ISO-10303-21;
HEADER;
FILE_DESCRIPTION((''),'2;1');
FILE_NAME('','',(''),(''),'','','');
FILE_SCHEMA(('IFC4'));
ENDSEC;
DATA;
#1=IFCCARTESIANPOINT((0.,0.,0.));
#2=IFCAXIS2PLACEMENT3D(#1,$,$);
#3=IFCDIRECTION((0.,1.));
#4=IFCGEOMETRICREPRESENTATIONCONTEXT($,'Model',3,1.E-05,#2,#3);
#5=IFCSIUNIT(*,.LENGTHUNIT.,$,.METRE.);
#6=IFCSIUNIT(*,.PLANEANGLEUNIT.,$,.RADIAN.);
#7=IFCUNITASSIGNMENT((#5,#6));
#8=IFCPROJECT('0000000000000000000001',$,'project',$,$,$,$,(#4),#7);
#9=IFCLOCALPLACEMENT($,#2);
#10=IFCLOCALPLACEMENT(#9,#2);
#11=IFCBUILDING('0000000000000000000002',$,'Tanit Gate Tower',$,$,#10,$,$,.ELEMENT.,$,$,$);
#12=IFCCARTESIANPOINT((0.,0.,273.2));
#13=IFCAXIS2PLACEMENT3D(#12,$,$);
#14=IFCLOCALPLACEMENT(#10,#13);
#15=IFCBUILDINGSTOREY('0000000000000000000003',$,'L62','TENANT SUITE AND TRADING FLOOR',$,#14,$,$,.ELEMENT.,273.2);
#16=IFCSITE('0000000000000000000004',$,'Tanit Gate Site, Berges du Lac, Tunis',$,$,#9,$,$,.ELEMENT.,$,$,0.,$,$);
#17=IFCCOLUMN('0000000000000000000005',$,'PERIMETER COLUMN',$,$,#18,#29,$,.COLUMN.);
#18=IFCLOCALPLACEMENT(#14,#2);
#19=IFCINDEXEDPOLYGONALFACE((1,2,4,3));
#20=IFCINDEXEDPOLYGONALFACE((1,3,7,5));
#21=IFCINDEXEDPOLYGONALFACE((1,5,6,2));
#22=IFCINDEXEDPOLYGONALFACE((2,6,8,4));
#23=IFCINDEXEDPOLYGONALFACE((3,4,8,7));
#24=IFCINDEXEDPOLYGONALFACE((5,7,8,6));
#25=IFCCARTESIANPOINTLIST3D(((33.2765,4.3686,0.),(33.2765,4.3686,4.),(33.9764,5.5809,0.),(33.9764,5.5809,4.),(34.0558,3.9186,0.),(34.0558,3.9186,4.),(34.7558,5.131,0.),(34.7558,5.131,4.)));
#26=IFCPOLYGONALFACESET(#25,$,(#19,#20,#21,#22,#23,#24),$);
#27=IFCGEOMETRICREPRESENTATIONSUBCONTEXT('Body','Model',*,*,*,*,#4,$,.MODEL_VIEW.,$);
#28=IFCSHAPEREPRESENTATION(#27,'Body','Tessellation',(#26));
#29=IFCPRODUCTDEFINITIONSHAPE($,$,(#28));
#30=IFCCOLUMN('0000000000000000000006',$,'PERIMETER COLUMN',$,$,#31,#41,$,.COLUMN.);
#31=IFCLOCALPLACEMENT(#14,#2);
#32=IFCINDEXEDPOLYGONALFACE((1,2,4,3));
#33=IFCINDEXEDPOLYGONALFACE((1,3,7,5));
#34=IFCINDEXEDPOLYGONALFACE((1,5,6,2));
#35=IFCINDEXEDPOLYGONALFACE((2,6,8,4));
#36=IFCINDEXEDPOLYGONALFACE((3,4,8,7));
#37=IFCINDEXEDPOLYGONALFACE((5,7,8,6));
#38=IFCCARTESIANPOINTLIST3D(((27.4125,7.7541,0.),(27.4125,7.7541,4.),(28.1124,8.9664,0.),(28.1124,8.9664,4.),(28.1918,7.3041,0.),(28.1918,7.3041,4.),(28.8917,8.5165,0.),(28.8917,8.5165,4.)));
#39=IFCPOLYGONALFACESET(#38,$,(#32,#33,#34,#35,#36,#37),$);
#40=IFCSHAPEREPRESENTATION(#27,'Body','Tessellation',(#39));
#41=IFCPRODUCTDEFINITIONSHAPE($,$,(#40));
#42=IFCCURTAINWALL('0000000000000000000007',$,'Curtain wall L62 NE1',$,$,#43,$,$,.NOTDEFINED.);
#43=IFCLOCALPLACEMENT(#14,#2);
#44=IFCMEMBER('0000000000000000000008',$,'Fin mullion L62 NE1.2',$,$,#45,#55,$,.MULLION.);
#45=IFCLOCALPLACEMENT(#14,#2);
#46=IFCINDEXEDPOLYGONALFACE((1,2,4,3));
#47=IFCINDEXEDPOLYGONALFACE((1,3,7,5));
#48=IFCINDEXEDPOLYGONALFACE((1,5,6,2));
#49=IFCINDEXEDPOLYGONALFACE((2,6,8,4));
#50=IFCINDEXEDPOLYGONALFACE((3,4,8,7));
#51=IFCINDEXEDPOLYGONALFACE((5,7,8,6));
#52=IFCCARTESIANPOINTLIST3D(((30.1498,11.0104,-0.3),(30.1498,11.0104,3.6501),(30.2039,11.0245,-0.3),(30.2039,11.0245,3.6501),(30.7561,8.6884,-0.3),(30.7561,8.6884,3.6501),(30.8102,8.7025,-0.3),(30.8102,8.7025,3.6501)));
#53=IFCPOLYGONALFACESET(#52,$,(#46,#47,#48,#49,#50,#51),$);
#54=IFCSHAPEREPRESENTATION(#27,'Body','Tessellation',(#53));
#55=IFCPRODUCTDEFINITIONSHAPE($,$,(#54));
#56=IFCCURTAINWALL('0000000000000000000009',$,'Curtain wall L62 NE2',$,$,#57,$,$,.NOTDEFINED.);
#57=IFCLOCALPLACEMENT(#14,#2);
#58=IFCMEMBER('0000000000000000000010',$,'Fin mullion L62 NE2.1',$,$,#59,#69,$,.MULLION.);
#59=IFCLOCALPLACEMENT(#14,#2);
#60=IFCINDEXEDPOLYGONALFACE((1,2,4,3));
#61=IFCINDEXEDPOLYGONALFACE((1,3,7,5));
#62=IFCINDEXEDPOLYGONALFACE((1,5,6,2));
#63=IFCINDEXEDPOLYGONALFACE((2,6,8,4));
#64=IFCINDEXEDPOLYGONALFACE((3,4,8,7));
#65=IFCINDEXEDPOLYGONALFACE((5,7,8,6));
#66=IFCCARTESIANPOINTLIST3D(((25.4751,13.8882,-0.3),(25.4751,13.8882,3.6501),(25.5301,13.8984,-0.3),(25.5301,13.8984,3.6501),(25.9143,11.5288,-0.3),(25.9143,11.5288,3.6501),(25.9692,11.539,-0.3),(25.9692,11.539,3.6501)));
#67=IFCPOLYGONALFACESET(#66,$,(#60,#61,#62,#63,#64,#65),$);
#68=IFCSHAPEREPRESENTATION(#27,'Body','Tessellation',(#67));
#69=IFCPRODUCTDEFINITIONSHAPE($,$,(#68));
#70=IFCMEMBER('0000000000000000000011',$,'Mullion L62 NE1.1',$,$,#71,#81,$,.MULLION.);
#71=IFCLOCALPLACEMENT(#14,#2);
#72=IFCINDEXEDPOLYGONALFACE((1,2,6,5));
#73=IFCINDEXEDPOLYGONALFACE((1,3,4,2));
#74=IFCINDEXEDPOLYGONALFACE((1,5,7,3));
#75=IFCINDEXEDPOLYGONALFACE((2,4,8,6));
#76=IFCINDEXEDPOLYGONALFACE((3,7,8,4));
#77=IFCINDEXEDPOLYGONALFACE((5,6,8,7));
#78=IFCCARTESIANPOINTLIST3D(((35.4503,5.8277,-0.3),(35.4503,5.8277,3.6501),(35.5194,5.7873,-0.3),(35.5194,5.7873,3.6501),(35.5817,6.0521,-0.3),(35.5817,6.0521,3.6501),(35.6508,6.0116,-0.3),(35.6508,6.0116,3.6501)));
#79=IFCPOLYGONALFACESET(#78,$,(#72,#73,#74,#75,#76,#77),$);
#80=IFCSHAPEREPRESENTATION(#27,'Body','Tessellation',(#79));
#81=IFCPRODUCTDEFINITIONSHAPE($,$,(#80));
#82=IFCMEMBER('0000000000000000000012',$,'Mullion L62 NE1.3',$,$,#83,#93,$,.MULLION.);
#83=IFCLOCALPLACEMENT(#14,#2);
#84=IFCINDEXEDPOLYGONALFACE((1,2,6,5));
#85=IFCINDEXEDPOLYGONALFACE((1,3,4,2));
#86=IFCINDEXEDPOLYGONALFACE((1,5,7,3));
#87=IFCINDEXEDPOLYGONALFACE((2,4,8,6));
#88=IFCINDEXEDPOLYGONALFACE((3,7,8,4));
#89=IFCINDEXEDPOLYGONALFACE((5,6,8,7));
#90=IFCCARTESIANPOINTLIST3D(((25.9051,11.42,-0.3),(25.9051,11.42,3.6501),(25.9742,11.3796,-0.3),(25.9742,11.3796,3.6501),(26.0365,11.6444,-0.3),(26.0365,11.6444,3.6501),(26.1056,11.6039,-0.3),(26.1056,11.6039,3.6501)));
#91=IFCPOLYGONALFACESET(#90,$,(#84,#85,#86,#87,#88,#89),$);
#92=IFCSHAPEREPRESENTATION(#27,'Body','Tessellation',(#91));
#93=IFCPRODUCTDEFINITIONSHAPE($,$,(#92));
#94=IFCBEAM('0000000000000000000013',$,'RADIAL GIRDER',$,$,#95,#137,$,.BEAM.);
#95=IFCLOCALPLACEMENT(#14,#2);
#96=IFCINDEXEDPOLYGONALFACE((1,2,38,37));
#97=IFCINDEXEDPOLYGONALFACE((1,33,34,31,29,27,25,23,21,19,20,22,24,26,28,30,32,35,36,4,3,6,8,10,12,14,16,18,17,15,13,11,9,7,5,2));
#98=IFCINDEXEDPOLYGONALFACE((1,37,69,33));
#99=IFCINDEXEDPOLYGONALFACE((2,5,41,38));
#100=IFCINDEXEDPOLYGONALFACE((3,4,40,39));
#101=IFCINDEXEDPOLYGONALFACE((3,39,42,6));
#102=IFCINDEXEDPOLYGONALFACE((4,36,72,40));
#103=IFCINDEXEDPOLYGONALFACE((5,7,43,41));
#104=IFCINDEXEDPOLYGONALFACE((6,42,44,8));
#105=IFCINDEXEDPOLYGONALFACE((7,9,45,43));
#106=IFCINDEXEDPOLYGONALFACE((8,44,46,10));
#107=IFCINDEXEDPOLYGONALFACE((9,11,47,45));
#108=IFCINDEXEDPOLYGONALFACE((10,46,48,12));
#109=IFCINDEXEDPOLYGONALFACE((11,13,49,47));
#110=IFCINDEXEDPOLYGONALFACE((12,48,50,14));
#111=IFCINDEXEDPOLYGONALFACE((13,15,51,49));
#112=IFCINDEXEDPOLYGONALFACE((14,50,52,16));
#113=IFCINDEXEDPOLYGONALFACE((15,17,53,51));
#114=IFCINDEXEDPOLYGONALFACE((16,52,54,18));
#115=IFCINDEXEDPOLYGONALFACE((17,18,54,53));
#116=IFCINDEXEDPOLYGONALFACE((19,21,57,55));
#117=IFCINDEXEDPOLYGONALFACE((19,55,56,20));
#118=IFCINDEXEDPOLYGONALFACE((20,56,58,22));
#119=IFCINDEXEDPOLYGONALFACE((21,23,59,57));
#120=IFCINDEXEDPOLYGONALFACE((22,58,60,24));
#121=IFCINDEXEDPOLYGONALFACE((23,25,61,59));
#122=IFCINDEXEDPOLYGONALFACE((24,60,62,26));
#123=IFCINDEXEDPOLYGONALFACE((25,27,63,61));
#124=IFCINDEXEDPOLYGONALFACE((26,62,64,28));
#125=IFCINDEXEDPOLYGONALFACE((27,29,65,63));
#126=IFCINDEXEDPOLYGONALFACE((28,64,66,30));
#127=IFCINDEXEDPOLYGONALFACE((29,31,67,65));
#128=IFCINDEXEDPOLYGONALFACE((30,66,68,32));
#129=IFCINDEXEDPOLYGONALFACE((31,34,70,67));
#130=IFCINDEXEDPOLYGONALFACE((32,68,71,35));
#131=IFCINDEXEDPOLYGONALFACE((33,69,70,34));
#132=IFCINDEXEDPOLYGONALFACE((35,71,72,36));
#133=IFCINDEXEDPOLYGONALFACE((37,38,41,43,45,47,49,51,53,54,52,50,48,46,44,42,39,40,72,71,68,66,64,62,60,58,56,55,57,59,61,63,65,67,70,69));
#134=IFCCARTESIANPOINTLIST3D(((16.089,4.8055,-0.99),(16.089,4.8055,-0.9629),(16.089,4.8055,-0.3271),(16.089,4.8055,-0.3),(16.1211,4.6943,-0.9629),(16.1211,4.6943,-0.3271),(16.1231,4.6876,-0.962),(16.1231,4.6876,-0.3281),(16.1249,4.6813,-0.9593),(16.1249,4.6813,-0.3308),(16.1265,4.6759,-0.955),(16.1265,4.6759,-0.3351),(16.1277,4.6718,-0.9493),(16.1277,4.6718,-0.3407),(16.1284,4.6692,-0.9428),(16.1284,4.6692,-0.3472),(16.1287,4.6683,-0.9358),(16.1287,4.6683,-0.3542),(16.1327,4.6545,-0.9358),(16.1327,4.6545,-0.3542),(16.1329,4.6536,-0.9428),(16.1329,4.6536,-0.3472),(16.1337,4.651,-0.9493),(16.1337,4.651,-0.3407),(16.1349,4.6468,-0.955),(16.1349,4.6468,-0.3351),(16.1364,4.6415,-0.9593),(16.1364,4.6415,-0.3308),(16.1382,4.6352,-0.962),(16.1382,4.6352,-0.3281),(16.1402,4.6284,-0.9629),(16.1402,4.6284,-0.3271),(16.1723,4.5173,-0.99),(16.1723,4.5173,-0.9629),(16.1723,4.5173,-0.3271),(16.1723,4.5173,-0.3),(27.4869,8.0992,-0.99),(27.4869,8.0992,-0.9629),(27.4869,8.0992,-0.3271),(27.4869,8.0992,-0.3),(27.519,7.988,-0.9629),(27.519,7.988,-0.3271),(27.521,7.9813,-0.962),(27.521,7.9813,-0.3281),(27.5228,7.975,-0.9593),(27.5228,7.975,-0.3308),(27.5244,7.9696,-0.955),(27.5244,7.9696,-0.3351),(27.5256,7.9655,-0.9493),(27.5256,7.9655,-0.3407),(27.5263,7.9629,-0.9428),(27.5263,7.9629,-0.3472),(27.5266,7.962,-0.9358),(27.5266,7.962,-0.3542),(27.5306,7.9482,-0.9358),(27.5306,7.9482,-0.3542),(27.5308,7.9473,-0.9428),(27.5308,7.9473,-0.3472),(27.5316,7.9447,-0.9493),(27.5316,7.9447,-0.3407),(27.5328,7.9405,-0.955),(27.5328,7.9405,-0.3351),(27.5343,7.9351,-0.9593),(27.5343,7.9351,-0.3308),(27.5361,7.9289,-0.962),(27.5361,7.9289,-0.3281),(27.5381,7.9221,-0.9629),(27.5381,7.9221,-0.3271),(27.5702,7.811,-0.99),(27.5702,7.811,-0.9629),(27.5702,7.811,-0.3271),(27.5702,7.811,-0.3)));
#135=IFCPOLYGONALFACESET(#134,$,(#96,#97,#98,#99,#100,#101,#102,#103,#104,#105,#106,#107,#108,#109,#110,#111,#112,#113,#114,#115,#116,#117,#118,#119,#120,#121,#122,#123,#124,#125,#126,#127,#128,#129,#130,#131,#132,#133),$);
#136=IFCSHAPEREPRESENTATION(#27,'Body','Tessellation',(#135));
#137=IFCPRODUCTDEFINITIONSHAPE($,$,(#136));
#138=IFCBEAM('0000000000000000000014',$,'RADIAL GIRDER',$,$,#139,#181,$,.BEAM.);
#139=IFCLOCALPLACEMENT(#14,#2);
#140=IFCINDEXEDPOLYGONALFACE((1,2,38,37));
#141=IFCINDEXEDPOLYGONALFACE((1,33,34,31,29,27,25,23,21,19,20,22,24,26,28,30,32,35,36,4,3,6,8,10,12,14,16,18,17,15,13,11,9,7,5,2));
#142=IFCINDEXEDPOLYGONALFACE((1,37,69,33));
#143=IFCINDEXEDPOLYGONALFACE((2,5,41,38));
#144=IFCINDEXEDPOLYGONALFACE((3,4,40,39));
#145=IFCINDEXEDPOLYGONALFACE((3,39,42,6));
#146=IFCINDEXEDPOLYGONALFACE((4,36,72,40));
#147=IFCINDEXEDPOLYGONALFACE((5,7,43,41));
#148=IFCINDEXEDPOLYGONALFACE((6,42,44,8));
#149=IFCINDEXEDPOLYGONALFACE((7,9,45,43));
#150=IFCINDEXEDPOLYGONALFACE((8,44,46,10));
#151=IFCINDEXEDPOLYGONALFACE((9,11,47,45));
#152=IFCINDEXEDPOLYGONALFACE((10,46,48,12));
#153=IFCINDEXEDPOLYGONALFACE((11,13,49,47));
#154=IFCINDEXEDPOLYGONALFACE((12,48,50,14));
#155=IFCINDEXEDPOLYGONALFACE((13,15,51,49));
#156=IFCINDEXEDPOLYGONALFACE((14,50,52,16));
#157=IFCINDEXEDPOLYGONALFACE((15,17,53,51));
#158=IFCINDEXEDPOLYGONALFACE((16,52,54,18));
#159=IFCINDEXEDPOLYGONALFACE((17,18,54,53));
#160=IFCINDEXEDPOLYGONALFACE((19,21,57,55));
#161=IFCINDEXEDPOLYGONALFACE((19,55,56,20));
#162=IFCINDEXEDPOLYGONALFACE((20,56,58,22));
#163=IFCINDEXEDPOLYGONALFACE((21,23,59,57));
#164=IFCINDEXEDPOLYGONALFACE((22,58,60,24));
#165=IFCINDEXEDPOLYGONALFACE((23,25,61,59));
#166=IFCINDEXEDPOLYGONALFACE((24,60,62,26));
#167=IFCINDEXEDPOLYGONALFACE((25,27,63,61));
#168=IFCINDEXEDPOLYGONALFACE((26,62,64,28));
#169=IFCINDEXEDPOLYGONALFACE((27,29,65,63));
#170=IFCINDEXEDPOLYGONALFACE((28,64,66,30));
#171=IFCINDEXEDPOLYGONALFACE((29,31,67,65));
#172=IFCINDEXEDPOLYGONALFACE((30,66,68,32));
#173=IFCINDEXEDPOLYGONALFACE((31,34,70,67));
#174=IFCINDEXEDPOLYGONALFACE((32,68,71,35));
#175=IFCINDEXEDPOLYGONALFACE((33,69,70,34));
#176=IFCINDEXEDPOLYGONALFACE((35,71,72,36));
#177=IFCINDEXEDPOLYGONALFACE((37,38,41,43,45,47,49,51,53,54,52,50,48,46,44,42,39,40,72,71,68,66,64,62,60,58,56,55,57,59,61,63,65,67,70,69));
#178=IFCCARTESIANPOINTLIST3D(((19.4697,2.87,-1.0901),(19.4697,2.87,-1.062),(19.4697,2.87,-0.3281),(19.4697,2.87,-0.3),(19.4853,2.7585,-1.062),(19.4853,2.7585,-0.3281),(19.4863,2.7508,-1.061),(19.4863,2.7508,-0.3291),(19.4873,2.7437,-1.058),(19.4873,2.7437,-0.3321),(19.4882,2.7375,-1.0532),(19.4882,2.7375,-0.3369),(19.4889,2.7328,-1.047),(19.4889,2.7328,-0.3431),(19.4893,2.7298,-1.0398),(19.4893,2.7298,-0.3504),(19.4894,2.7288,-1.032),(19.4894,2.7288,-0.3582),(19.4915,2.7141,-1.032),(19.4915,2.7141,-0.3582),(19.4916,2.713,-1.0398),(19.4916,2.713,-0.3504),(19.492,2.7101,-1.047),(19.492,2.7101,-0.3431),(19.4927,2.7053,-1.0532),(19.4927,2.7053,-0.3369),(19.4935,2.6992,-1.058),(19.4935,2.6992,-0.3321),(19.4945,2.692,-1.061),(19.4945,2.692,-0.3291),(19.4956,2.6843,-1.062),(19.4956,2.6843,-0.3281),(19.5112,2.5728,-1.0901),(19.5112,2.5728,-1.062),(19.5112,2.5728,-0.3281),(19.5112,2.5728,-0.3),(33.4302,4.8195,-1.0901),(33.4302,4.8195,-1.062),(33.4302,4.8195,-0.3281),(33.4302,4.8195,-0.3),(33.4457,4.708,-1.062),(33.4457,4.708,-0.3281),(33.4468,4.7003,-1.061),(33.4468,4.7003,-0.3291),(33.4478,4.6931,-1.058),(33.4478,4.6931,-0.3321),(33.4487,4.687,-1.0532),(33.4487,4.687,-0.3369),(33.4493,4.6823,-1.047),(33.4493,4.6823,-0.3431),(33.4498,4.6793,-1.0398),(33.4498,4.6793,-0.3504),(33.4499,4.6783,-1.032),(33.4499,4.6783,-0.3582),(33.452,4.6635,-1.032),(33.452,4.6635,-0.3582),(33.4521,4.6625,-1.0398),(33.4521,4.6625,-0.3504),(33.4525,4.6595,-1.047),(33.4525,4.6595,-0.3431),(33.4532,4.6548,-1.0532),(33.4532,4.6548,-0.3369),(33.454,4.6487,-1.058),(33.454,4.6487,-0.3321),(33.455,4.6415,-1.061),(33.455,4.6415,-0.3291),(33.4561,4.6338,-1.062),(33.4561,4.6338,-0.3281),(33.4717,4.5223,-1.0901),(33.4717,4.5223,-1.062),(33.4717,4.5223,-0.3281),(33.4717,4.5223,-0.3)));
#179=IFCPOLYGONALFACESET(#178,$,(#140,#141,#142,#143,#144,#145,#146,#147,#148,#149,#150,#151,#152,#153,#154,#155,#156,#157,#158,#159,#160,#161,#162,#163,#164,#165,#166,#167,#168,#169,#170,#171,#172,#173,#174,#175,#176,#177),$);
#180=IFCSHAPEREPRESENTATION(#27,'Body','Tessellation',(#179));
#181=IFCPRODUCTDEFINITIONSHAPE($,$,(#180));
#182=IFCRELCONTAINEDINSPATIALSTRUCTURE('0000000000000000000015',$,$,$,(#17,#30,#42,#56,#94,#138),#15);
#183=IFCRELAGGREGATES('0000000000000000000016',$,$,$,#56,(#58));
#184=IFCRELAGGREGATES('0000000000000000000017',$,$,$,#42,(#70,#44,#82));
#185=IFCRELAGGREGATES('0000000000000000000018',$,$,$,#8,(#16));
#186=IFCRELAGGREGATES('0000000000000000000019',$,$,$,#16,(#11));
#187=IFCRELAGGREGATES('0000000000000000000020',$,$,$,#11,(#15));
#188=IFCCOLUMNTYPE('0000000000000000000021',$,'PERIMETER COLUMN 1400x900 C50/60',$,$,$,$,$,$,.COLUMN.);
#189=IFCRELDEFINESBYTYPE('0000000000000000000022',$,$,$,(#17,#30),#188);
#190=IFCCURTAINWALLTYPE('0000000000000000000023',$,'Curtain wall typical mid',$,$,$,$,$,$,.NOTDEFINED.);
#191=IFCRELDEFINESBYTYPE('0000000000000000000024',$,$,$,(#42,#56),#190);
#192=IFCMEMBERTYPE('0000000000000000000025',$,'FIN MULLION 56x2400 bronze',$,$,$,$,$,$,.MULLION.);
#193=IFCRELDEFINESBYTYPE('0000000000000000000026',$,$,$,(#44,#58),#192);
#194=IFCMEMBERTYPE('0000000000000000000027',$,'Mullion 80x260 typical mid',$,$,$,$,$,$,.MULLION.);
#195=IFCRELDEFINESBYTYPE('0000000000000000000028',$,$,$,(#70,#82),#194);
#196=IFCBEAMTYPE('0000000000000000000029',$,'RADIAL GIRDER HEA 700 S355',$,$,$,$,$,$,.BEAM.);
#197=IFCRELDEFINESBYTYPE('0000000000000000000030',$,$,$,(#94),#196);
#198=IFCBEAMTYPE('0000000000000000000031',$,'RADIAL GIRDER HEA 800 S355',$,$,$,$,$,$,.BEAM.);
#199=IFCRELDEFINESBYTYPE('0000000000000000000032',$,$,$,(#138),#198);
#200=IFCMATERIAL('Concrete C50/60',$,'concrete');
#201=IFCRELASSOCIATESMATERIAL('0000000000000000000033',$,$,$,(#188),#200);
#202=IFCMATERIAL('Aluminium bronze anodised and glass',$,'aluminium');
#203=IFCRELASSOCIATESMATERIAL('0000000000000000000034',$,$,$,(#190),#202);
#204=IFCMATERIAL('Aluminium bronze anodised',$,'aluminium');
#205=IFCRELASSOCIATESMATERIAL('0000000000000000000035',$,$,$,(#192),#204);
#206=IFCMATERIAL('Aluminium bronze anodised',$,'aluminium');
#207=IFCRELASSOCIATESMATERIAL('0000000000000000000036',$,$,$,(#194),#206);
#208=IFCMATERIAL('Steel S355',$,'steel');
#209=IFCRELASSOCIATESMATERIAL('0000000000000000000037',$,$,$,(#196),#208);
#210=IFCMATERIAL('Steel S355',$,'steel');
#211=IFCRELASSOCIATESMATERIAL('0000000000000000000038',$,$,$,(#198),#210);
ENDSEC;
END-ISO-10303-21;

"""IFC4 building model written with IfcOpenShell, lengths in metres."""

from ifc_helpers import new_model, si_unit, direction, frame, origin, origin_2d, place, context, subcontext, project, spatial, rectangle, i_section, extrude, material, material_profile, profile_set, type_object, element, aggregate, save


model = new_model("IFC4")

# Units and contexts
model_context = context("Model", 3, precision=1e-05, world=origin(), true_north=direction((0.0, 1.0)))
body_context = subcontext(model_context, "Body", "Model", "MODEL_VIEW")
ifc_project = project(units=[si_unit("LENGTHUNIT", "METRE"), si_unit("PLANEANGLEUNIT", "RADIAN")], contexts=[model_context])

# Site, building, storey
site_placement = place(None, origin())
site = spatial("IfcSite", under=ifc_project, at=site_placement, Name="Tanit Gate Site, Berges du Lac, Tunis", CompositionType="ELEMENT", RefElevation=0.0)
building_placement = place(site_placement, origin())
building = spatial("IfcBuilding", under=site, at=building_placement, Name="Tanit Gate Tower", CompositionType="ELEMENT")
storey_placement = place(building_placement, frame((0.0, 0.0, 273.2)))
storey = spatial("IfcBuildingStorey", under=building, at=storey_placement, Name="L62", Description="TENANT SUITE AND TRADING FLOOR", CompositionType="ELEMENT", Elevation=273.2)

# Columns
ifc_material_1 = material(Name="Concrete C50/60", Category="concrete")
ifc_material_profile_1 = material_profile(ifc_material_1, rectangle(XDim=1.3999, YDim=0.8999, at=origin_2d()), Name="RC 1400x900")
ifc_profile_set_1 = profile_set([ifc_material_profile_1], Name="Concrete C50/60")
column_type = type_object("IfcColumnType", Name="PERIMETER COLUMN 1400x900 C50/60", PredefinedType="COLUMN", material=ifc_profile_set_1)
for number, where, z_axis, x_axis, name in (
    (1, (34.0161, 4.7498, 0.0), (0.0, 0.0, 1.0), (0.5, 0.866025, 0.0), "PERIMETER COLUMN"),
    (2, (28.1521, 8.1353, 0.0), (0.0, 0.0, 1.0), (0.5, 0.866025, 0.0), "PERIMETER COLUMN"),
):
    element("IfcColumn", number, at=place(storey_placement, frame(where, z_axis=z_axis, x_axis=x_axis)), inside=storey, type_object=column_type, Name=name, PredefinedType="COLUMN", context=body_context, shape_type="SweptSolid", body=[
        extrude(rectangle(XDim=1.3999, YDim=0.8999, at=origin_2d()), origin(), (0.0, 0.0, 1.0), 4.0),
    ])

# Curtain walls, members
ifc_material_2 = material(Name="Aluminium bronze anodised and glass", Category="aluminium")
curtain_wall_type = type_object("IfcCurtainWallType", Name="Curtain wall typical mid", PredefinedType="NOTDEFINED", material=ifc_material_2)
curtain_wall_1_placement = place(storey_placement, origin())
curtain_wall_1 = element("IfcCurtainWall", 3, at=curtain_wall_1_placement, inside=storey, type_object=curtain_wall_type, Name="Curtain wall L62 NE1", PredefinedType="NOTDEFINED")
ifc_material_3 = material(Name="Aluminium bronze anodised", Category="aluminium")
ifc_material_profile_2 = material_profile(ifc_material_3, rectangle(XDim=2.3999, YDim=0.0559, at=origin_2d()), Name="56x2400 bronze fin mullion")
ifc_profile_set_2 = profile_set([ifc_material_profile_2], Name="Aluminium bronze anodised")
member_type_1 = type_object("IfcMemberType", Name="FIN MULLION 56x2400 bronze", PredefinedType="MULLION", material=ifc_profile_set_2)
member_1_placement = place(storey_placement, frame((30.48, 9.8564, -0.3), z_axis=(0.0, 0.0, 1.0), x_axis=(0.252657, -0.967556, 0.0)))
member_1 = element("IfcMember", 4, at=member_1_placement, type_object=member_type_1, Name="Fin mullion L62 NE1.2", PredefinedType="MULLION", context=body_context, shape_type="SweptSolid", body=[
    extrude(rectangle(XDim=2.3999, YDim=0.0559, at=origin_2d()), origin(), (0.0, 0.0, 1.0), 3.9502),
])
curtain_wall_2_placement = place(storey_placement, origin())
curtain_wall_2 = element("IfcCurtainWall", 5, at=curtain_wall_2_placement, inside=storey, type_object=curtain_wall_type, Name="Curtain wall L62 NE2", PredefinedType="NOTDEFINED")
member_2_placement = place(storey_placement, frame((25.7222, 12.7136, -0.3), z_axis=(0.0, 0.0, 1.0), x_axis=(0.182983, -0.983116, 0.0)))
member_2 = element("IfcMember", 6, at=member_2_placement, type_object=member_type_1, Name="Fin mullion L62 NE2.1", PredefinedType="MULLION", context=body_context, shape_type="SweptSolid", body=[
    extrude(rectangle(XDim=2.3999, YDim=0.0559, at=origin_2d()), origin(), (0.0, 0.0, 1.0), 3.9502),
])

# Members
ifc_material_4 = material(Name="Aluminium bronze anodised", Category="aluminium")
ifc_material_profile_3 = material_profile(ifc_material_4, rectangle(XDim=0.26, YDim=0.0801, at=origin_2d()), Name="80x260 bronze mullion")
ifc_profile_set_3 = profile_set([ifc_material_profile_3], Name="Aluminium bronze anodised")
member_type_2 = type_object("IfcMemberType", Name="Mullion 80x260 typical mid", PredefinedType="MULLION", material=ifc_profile_set_3)
member_3_placement = place(storey_placement, frame((35.5505, 5.9197, -0.3), z_axis=(0.0, 0.0, 1.0), x_axis=(-0.50551, -0.862821, 0.0)))
member_3 = element("IfcMember", 7, at=member_3_placement, type_object=member_type_2, Name="Mullion L62 NE1.1", PredefinedType="MULLION", context=body_context, shape_type="SweptSolid", body=[
    extrude(rectangle(XDim=0.26, YDim=0.0801, at=origin_2d()), origin(), (0.0, 0.0, 1.0), 3.9502),
])
member_4_placement = place(storey_placement, frame((26.0054, 11.512, -0.3), z_axis=(0.0, 0.0, 1.0), x_axis=(-0.50551, -0.862821, 0.0)))
member_4 = element("IfcMember", 8, at=member_4_placement, type_object=member_type_2, Name="Mullion L62 NE1.3", PredefinedType="MULLION", context=body_context, shape_type="SweptSolid", body=[
    extrude(rectangle(XDim=0.26, YDim=0.0801, at=origin_2d()), origin(), (0.0, 0.0, 1.0), 3.9502),
])

# Beams
ifc_material_5 = material(Name="Steel S355", Category="steel")
ifc_material_profile_4 = material_profile(ifc_material_5, i_section(OverallWidth=0.3, OverallDepth=0.6899, WebThickness=0.0144, FlangeThickness=0.0271, FilletRadius=0.0271, at=origin_2d()), Name="HEA 700")
ifc_profile_set_4 = profile_set([ifc_material_profile_4], Name="Steel S355")
beam_type_1 = type_object("IfcBeamType", Name="RADIAL GIRDER HEA 700 S355", PredefinedType="BEAM", material=ifc_profile_set_4)
beam_1_placement = place(storey_placement, frame((27.5286, 7.9551, -0.645), z_axis=(-0.960693, -0.277614, 0.0), x_axis=(0.277614, -0.960693, 0.0)))
element("IfcBeam", 9, at=beam_1_placement, inside=storey, type_object=beam_type_1, Name="RADIAL GIRDER", PredefinedType="BEAM", context=body_context, shape_type="SweptSolid", body=[
    extrude(i_section(OverallWidth=0.3, OverallDepth=0.6899, WebThickness=0.0144, FlangeThickness=0.0271, FilletRadius=0.0271, at=origin_2d()), origin(), (0.0, 0.0, 1.0), 11.8643),
])
ifc_material_6 = material(Name="Steel S355", Category="steel")
ifc_material_profile_5 = material_profile(ifc_material_6, i_section(OverallWidth=0.3, OverallDepth=0.79, WebThickness=0.0149, FlangeThickness=0.0281, FilletRadius=0.03, at=origin_2d()), Name="HEA 800")
ifc_profile_set_5 = profile_set([ifc_material_profile_5], Name="Steel S355")
beam_type_2 = type_object("IfcBeamType", Name="RADIAL GIRDER HEA 800 S355", PredefinedType="BEAM", material=ifc_profile_set_5)
beam_2_placement = place(storey_placement, frame((33.4509, 4.6709, -0.6951), z_axis=(-0.99039, -0.1383, 0.0), x_axis=(0.1383, -0.99039, 0.0)))
element("IfcBeam", 10, at=beam_2_placement, inside=storey, type_object=beam_type_2, Name="RADIAL GIRDER", PredefinedType="BEAM", context=body_context, shape_type="SweptSolid", body=[
    extrude(i_section(OverallWidth=0.3, OverallDepth=0.79, WebThickness=0.0149, FlangeThickness=0.0281, FilletRadius=0.03, at=origin_2d()), origin(), (0.0, 0.0, 1.0), 14.0959),
])

aggregate(curtain_wall_2, [member_2])

aggregate(curtain_wall_1, [member_3, member_1, member_4])

save(model, "model.ifc")
